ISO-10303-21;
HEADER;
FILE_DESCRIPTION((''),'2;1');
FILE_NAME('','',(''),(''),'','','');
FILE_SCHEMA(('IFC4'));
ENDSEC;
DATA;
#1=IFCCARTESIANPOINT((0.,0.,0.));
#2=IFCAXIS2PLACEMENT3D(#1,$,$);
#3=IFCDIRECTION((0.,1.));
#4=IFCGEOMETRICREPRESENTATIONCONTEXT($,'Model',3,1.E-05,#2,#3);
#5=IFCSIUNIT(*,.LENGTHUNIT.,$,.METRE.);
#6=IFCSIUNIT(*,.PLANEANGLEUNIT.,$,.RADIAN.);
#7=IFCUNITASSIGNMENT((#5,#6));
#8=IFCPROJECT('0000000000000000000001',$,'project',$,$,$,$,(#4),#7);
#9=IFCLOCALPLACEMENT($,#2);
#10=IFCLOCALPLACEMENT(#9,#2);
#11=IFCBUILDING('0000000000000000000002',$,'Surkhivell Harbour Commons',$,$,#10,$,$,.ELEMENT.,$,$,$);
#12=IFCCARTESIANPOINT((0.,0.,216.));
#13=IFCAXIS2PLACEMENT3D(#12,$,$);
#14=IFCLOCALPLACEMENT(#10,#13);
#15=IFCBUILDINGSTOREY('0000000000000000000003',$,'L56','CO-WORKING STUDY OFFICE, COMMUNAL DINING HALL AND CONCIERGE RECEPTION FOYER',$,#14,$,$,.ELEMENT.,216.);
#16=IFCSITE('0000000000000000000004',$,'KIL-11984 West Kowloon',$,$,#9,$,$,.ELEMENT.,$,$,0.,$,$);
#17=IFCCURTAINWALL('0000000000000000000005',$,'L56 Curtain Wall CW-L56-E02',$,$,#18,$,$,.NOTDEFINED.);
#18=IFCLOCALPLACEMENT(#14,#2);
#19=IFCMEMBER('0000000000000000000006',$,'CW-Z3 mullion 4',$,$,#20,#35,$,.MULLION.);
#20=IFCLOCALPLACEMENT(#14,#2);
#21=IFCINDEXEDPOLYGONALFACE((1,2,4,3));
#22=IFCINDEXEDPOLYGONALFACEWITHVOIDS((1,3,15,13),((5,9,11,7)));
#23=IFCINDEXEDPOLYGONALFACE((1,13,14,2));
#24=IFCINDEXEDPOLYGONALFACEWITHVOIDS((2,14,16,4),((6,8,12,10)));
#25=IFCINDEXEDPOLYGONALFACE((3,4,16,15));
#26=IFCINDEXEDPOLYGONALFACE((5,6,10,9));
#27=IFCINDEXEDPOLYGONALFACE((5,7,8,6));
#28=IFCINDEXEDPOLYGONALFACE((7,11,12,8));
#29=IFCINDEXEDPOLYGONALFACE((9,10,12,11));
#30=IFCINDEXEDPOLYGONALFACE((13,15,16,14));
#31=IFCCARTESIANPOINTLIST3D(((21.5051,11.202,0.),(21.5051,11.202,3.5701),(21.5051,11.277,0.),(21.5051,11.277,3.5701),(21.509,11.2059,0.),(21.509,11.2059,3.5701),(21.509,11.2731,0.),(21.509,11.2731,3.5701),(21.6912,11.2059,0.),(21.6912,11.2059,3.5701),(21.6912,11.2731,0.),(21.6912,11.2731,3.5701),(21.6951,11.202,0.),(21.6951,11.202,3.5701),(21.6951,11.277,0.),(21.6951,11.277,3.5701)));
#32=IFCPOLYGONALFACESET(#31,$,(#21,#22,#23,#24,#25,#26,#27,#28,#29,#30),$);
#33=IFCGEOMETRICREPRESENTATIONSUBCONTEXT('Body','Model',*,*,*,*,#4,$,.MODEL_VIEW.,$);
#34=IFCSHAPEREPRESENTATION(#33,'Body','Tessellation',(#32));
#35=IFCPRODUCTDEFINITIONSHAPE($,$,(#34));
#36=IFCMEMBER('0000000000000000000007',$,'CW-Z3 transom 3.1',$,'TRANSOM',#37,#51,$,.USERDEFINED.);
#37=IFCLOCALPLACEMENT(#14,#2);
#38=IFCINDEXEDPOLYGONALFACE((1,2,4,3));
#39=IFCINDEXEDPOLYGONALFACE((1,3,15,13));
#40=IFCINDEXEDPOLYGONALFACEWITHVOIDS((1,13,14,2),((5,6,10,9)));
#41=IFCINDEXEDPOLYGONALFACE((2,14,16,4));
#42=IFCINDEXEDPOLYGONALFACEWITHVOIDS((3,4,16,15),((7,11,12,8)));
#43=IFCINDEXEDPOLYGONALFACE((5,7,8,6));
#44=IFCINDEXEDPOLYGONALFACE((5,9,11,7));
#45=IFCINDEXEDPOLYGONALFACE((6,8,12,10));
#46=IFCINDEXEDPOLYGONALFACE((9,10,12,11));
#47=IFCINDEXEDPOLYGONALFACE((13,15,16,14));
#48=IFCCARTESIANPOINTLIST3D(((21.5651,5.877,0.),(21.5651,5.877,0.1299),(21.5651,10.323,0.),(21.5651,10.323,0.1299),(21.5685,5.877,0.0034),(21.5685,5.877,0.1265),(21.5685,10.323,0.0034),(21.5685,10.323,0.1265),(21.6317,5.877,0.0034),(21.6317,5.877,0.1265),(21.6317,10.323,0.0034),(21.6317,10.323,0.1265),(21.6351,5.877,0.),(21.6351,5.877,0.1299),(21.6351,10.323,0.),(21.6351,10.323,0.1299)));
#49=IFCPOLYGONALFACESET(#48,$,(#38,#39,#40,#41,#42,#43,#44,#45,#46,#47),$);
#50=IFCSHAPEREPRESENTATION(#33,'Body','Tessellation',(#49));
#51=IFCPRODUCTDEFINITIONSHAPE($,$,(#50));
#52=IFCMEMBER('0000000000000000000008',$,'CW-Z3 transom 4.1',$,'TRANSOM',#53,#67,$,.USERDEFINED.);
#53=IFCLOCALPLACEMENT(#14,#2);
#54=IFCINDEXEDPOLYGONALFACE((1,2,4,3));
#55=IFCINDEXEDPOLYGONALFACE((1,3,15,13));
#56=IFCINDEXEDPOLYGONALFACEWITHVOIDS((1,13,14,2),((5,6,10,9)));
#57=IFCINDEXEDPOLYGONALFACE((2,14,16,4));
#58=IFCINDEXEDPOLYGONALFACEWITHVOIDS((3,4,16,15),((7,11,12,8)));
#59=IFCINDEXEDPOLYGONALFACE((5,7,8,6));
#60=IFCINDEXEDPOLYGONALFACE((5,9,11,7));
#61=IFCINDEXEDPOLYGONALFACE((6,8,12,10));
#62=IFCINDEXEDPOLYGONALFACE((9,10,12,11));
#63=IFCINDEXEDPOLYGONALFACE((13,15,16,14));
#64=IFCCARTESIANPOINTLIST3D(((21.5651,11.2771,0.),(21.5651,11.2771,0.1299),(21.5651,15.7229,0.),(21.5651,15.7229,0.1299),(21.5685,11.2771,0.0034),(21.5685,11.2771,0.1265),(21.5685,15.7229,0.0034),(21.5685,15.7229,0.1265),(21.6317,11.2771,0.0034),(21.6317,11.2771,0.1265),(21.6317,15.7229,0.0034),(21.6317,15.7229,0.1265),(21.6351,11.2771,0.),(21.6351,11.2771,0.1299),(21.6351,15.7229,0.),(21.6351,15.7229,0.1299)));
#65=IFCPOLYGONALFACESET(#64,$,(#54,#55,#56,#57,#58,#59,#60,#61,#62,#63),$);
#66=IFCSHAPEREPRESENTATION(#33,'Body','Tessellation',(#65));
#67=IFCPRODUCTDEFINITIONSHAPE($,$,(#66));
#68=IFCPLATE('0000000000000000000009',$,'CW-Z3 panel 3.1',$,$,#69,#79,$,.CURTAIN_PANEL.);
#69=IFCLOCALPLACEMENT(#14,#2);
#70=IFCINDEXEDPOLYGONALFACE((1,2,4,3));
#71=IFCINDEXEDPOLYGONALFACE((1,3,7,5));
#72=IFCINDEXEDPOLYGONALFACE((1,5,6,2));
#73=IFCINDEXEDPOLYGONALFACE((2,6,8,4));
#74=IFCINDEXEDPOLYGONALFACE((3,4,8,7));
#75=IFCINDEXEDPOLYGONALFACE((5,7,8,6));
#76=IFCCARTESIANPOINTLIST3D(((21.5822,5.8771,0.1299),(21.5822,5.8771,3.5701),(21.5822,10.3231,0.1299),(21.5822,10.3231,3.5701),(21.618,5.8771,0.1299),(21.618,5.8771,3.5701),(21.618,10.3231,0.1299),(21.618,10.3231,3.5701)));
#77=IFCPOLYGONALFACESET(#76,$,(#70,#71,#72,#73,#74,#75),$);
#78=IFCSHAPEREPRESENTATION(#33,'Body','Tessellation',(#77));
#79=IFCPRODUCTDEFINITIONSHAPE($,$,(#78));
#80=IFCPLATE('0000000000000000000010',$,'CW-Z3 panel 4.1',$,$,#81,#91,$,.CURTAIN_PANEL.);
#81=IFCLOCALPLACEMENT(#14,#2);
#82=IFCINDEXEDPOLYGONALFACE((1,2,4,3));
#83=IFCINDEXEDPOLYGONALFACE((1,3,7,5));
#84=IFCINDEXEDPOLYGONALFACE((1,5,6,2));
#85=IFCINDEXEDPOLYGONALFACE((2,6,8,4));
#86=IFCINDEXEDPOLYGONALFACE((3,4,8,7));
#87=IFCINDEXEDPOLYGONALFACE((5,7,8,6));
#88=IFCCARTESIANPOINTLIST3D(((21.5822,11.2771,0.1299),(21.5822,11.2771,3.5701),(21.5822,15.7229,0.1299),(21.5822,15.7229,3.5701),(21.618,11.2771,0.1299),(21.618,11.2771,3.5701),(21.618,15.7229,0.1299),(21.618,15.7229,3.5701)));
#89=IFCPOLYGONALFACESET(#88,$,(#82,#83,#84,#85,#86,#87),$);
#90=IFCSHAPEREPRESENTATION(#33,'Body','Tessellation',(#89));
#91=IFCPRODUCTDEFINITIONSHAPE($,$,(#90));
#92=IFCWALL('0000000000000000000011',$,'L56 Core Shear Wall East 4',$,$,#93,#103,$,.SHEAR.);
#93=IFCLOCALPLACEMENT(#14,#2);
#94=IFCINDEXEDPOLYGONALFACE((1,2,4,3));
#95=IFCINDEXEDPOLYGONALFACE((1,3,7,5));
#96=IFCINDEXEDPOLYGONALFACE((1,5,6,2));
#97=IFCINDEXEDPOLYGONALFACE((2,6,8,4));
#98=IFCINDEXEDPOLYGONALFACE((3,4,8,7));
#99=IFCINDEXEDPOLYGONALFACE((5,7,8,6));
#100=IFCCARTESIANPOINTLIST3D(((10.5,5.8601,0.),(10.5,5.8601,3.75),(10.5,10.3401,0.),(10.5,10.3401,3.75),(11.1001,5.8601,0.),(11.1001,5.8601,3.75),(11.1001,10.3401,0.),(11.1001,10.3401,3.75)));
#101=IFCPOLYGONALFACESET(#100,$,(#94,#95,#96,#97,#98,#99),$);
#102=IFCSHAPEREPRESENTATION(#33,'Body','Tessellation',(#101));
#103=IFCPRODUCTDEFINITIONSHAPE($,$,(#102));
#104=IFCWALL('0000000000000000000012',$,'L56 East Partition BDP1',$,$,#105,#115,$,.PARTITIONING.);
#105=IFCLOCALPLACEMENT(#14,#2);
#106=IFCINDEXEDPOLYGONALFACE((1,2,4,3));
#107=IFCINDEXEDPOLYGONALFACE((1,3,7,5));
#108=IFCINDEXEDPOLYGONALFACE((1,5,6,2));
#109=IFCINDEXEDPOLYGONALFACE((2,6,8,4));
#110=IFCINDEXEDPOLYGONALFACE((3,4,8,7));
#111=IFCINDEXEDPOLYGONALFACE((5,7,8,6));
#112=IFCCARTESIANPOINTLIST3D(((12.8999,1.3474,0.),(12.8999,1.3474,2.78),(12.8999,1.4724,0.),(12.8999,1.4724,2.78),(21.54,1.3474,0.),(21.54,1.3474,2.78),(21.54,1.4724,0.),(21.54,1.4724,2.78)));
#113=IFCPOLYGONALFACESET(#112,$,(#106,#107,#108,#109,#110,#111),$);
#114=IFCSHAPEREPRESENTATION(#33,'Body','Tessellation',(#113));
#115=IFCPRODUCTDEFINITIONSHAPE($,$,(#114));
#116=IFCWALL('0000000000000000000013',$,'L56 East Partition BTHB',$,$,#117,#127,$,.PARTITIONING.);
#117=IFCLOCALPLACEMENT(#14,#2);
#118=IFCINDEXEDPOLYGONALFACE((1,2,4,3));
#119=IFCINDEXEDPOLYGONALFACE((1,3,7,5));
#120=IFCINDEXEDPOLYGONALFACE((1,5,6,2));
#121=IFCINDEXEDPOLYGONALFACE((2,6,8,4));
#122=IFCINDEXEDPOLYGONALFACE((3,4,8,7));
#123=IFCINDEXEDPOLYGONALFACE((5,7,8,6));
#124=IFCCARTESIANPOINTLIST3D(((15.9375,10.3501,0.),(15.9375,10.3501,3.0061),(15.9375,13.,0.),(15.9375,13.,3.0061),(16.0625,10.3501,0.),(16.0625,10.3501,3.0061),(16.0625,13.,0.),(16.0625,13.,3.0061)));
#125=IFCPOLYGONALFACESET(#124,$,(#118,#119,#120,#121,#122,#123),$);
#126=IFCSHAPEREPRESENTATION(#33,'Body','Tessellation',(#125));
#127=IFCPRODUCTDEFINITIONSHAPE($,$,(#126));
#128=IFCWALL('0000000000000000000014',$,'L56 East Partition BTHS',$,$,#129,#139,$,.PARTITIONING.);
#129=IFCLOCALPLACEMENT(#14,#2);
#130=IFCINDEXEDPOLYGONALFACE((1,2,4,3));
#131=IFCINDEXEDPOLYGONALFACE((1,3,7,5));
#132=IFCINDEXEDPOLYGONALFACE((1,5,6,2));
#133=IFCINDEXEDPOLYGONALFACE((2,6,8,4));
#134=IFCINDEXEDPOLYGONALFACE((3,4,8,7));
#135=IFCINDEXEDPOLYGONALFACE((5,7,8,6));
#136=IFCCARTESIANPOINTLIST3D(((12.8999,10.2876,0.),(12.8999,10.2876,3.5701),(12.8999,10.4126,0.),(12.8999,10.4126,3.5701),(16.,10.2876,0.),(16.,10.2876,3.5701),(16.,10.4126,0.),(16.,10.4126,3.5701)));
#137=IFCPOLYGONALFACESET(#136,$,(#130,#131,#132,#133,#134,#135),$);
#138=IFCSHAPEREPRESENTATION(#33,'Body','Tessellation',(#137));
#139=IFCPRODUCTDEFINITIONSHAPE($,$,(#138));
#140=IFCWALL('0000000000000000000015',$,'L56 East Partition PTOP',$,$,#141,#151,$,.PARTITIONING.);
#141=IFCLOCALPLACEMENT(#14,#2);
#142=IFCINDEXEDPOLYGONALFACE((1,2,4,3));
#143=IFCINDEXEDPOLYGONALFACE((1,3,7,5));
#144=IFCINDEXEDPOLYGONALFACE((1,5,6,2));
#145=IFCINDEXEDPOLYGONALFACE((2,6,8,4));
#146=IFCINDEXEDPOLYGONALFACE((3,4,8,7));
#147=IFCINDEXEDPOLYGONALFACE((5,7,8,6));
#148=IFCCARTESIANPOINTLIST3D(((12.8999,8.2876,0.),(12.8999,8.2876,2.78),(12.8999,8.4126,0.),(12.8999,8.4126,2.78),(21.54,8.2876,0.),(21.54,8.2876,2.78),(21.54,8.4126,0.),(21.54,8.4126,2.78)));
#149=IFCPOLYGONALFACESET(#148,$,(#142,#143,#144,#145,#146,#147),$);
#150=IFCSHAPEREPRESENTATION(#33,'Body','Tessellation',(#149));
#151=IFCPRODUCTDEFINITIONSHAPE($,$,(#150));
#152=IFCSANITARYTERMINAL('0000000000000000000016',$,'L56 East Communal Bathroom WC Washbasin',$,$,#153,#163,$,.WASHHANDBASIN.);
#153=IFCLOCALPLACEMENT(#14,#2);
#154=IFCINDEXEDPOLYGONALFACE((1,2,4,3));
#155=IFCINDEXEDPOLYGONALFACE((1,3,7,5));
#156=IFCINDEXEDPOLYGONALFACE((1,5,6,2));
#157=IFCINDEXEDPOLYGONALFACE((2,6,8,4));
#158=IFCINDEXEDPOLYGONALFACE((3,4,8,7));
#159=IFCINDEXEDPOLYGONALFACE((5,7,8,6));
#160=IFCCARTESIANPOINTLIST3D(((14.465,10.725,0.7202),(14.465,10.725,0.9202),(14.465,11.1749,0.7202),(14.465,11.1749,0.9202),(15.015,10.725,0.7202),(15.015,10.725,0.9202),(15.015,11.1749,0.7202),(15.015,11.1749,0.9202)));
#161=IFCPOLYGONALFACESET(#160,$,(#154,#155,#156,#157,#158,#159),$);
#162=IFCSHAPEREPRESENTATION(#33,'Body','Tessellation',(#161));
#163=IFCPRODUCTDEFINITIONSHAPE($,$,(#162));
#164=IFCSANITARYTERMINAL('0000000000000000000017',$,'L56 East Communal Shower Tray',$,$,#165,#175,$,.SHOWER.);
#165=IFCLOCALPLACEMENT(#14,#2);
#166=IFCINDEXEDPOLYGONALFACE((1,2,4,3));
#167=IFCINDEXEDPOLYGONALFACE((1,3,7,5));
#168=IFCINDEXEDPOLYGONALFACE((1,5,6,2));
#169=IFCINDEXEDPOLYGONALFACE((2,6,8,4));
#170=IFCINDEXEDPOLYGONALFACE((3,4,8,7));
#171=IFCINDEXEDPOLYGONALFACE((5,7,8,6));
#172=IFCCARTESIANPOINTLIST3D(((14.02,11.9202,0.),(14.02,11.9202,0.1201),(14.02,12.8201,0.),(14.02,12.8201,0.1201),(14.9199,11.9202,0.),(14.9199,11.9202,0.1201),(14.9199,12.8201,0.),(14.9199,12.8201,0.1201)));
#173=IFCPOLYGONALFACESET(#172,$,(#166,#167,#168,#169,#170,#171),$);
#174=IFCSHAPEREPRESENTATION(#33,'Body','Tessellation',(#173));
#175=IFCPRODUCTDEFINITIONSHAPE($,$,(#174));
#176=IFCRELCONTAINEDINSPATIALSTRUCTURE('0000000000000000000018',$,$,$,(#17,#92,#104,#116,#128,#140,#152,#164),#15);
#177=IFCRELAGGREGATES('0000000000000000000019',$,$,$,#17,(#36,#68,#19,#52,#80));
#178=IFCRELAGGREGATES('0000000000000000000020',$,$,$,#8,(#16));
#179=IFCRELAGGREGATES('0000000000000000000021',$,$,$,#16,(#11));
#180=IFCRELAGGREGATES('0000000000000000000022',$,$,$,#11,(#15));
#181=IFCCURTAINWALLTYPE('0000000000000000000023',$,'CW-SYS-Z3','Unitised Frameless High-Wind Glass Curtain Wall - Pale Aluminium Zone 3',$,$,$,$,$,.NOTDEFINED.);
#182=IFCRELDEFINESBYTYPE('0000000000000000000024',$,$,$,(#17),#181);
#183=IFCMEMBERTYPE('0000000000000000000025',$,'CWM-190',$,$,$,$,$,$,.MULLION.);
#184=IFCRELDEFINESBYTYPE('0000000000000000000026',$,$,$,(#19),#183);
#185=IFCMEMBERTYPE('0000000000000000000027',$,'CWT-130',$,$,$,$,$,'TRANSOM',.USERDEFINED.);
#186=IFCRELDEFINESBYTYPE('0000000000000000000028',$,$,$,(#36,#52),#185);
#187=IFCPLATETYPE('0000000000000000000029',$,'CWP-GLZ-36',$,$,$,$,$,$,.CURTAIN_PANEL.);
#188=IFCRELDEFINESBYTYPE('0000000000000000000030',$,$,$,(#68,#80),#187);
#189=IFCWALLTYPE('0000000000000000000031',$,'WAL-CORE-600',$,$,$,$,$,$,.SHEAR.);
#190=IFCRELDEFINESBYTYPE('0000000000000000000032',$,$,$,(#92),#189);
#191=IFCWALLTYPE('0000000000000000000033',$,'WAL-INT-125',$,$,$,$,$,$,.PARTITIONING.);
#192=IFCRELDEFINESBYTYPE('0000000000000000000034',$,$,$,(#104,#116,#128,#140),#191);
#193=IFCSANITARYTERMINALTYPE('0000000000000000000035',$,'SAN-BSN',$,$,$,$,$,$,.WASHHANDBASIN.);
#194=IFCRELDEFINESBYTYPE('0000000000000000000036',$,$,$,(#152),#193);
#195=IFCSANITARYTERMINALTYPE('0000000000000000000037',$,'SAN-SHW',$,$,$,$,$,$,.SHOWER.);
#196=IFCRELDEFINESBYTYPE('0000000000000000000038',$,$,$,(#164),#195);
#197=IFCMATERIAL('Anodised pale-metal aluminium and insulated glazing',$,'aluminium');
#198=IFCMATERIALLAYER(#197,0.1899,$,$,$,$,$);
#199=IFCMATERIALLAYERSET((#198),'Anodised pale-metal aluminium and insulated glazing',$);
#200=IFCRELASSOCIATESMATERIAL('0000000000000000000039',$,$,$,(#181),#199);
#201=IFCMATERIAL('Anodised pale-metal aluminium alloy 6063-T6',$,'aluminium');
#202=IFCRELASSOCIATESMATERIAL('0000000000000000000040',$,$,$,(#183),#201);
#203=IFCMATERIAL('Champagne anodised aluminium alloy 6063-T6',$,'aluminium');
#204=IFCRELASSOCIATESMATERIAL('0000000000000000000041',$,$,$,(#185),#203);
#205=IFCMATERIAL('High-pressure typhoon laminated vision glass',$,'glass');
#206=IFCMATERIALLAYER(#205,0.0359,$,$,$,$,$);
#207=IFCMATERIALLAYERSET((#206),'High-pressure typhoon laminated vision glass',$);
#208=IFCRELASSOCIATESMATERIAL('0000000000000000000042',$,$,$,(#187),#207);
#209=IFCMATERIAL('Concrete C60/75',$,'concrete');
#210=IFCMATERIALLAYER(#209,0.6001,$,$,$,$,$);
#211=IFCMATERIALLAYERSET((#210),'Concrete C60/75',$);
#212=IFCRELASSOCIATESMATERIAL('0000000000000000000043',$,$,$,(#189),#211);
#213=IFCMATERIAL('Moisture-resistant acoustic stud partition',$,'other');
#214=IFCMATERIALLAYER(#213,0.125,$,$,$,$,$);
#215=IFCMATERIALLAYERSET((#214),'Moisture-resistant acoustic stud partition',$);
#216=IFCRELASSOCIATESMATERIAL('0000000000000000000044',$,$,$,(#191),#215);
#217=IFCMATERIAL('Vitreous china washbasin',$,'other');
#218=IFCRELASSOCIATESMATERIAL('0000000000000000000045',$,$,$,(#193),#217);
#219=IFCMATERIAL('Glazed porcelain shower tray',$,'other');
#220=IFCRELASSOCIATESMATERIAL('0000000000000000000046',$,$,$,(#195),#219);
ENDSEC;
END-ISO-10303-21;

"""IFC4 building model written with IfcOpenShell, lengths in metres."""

from ifc_helpers import new_model, si_unit, direction, frame, frame_2d, origin, origin_2d, place, context, subcontext, project, spatial, rectangle, hollow_rectangle, extrude, material, layer, layer_set, material_profile, profile_set, type_object, element, aggregate, save


model = new_model("IFC4")

# Units and contexts
model_context = context("Model", 3, precision=1e-05, world=origin(), true_north=direction((0.0, 1.0)))
body_context = subcontext(model_context, "Body", "Model", "MODEL_VIEW")
ifc_project = project(units=[si_unit("LENGTHUNIT", "METRE"), si_unit("PLANEANGLEUNIT", "RADIAN")], contexts=[model_context])

# Site, building, storey
site_placement = place(None, origin())
site = spatial("IfcSite", under=ifc_project, at=site_placement, Name="KIL-11984 West Kowloon", CompositionType="ELEMENT", RefElevation=0.0)
building_placement = place(site_placement, origin())
building = spatial("IfcBuilding", under=site, at=building_placement, Name="Surkhivell Harbour Commons", CompositionType="ELEMENT")
storey_placement = place(building_placement, frame((0.0, 0.0, 216.0)))
storey = spatial("IfcBuildingStorey", under=building, at=storey_placement, Name="L56", Description="CO-WORKING STUDY OFFICE, COMMUNAL DINING HALL AND CONCIERGE RECEPTION FOYER", CompositionType="ELEMENT", Elevation=216.0)

# Shared definitions
ifc_material_1 = material(Name="Concrete C60/75", Category="concrete")

# Curtain wall, members, plates
ifc_material_2 = material(Name="Anodised pale-metal aluminium and insulated glazing", Category="aluminium")
ifc_layer_1 = layer(ifc_material_2, 0.1899)
ifc_layer_set_1 = layer_set([ifc_layer_1], Name="Anodised pale-metal aluminium and insulated glazing")
curtain_wall_type = type_object("IfcCurtainWallType", Name="CW-SYS-Z3", Description="Unitised Frameless High-Wind Glass Curtain Wall - Pale Aluminium Zone 3", PredefinedType="NOTDEFINED", material=ifc_layer_set_1)
curtain_wall_placement = place(storey_placement, origin())
curtain_wall = element("IfcCurtainWall", 1, at=curtain_wall_placement, inside=storey, type_object=curtain_wall_type, Name="L56 Curtain Wall CW-L56-E02", PredefinedType="NOTDEFINED")
ifc_material_3 = material(Name="Anodised pale-metal aluminium alloy 6063-T6", Category="aluminium")
ifc_material_profile_1 = material_profile(ifc_material_3, hollow_rectangle(XDim=0.075, YDim=0.1899, WallThickness=0.0039, at=origin_2d()), Name="ALU-MULL-75x190")
ifc_profile_set_1 = profile_set([ifc_material_profile_1], Name="Anodised pale-metal aluminium alloy 6063-T6")
member_type_1 = type_object("IfcMemberType", Name="CWM-190", PredefinedType="MULLION", material=ifc_profile_set_1)
member_1_placement = place(storey_placement, frame((21.6001, 11.2395, 0.0), z_axis=(0.0, 0.0, 1.0), x_axis=(0.0, 1.0, 0.0)))
member_1 = element("IfcMember", 2, at=member_1_placement, type_object=member_type_1, Name="CW-Z3 mullion 4", PredefinedType="MULLION", context=body_context, shape_type="SweptSolid", body=[
    extrude(hollow_rectangle(XDim=0.075, YDim=0.1899, WallThickness=0.0039, at=origin_2d()), origin(), (0.0, 0.0, 1.0), 3.5701),
])
ifc_material_4 = material(Name="Champagne anodised aluminium alloy 6063-T6", Category="aluminium")
ifc_material_profile_2 = material_profile(ifc_material_4, hollow_rectangle(XDim=0.0701, YDim=0.1299, WallThickness=0.0034, at=origin_2d()), Name="ALU-TRAN-70x130")
ifc_profile_set_2 = profile_set([ifc_material_profile_2], Name="Champagne anodised aluminium alloy 6063-T6")
member_type_2 = type_object("IfcMemberType", Name="CWT-130", ElementType="TRANSOM", PredefinedType="USERDEFINED", material=ifc_profile_set_2)
member_2_placement = place(storey_placement, frame((21.6001, 5.877, 0.0649), z_axis=(0.0, 1.0, 0.0), x_axis=(-1.0, 0.0, 0.0)))
member_2 = element("IfcMember", 3, at=member_2_placement, type_object=member_type_2, Name="CW-Z3 transom 3.1", ObjectType="TRANSOM", PredefinedType="USERDEFINED", context=body_context, shape_type="SweptSolid", body=[
    extrude(hollow_rectangle(XDim=0.0701, YDim=0.1299, WallThickness=0.0034, at=origin_2d()), origin(), (0.0, 0.0, 1.0), 4.446),
])
member_3_placement = place(storey_placement, frame((21.6001, 11.2771, 0.0649), z_axis=(0.0, 1.0, 0.0), x_axis=(-1.0, 0.0, 0.0)))
member_3 = element("IfcMember", 4, at=member_3_placement, type_object=member_type_2, Name="CW-Z3 transom 4.1", ObjectType="TRANSOM", PredefinedType="USERDEFINED", context=body_context, shape_type="SweptSolid", body=[
    extrude(hollow_rectangle(XDim=0.0701, YDim=0.1299, WallThickness=0.0034, at=origin_2d()), origin(), (0.0, 0.0, 1.0), 4.4458),
])
ifc_material_5 = material(Name="High-pressure typhoon laminated vision glass", Category="glass")
ifc_layer_2 = layer(ifc_material_5, 0.0359)
ifc_layer_set_2 = layer_set([ifc_layer_2], Name="High-pressure typhoon laminated vision glass")
plate_type = type_object("IfcPlateType", Name="CWP-GLZ-36", PredefinedType="CURTAIN_PANEL", material=ifc_layer_set_2)
plate_1_placement = place(storey_placement, frame((21.6001, 5.877, 0.1299), z_axis=(0.0, 0.0, 1.0), x_axis=(0.0, 1.0, 0.0)))
plate_1 = element("IfcPlate", 5, at=plate_1_placement, type_object=plate_type, Name="CW-Z3 panel 3.1", PredefinedType="CURTAIN_PANEL", context=body_context, shape_type="SweptSolid", body=[
    extrude(rectangle(XDim=4.446, YDim=0.0359, at=frame_2d((2.2231, 0.0))), origin(), (0.0, 0.0, 1.0), 3.4402),
])
plate_2_placement = place(storey_placement, frame((21.6001, 11.2771, 0.1299), z_axis=(0.0, 0.0, 1.0), x_axis=(0.0, 1.0, 0.0)))
plate_2 = element("IfcPlate", 6, at=plate_2_placement, type_object=plate_type, Name="CW-Z3 panel 4.1", PredefinedType="CURTAIN_PANEL", context=body_context, shape_type="SweptSolid", body=[
    extrude(rectangle(XDim=4.4458, YDim=0.0359, at=frame_2d((2.2229, 0.0))), origin(), (0.0, 0.0, 1.0), 3.4402),
])
aggregate(curtain_wall, [member_2, plate_1, member_1, member_3, plate_2])

# Walls
ifc_layer_3 = layer(ifc_material_1, 0.6001)
ifc_layer_set_3 = layer_set([ifc_layer_3], Name="Concrete C60/75")
wall_type_1 = type_object("IfcWallType", Name="WAL-CORE-600", PredefinedType="SHEAR", material=ifc_layer_set_3)
wall_1_placement = place(storey_placement, frame((10.8, 5.8601, 0.0), z_axis=(0.0, 0.0, 1.0), x_axis=(0.0, 1.0, 0.0)))
element("IfcWall", 7, at=wall_1_placement, inside=storey, type_object=wall_type_1, Name="L56 Core Shear Wall East 4", PredefinedType="SHEAR", context=body_context, shape_type="SweptSolid", body=[
    extrude(rectangle(XDim=4.48, YDim=0.6001, at=frame_2d((2.24, 0.0))), origin(), (0.0, 0.0, 1.0), 3.75),
])
ifc_material_6 = material(Name="Moisture-resistant acoustic stud partition", Category="other")
ifc_layer_4 = layer(ifc_material_6, 0.125)
ifc_layer_set_4 = layer_set([ifc_layer_4], Name="Moisture-resistant acoustic stud partition")
wall_type_2 = type_object("IfcWallType", Name="WAL-INT-125", PredefinedType="PARTITIONING", material=ifc_layer_set_4)
wall_2_placement = place(storey_placement, frame((12.8999, 1.4099, 0.0), z_axis=(0.0, 0.0, 1.0), x_axis=(1.0, 0.0, 0.0)))
element("IfcWall", 8, at=wall_2_placement, inside=storey, type_object=wall_type_2, Name="L56 East Partition BDP1", PredefinedType="PARTITIONING", context=body_context, shape_type="SweptSolid", body=[
    extrude(rectangle(XDim=8.6401, YDim=0.125, at=frame_2d((4.3201, 0.0))), origin(), (0.0, 0.0, 1.0), 2.78),
])
wall_3_placement = place(storey_placement, frame((16.0, 10.3501, 0.0), z_axis=(0.0, 0.0, 1.0), x_axis=(0.0, 1.0, 0.0)))
element("IfcWall", 9, at=wall_3_placement, inside=storey, type_object=wall_type_2, Name="L56 East Partition BTHB", PredefinedType="PARTITIONING", context=body_context, shape_type="SweptSolid", body=[
    extrude(rectangle(XDim=2.6499, YDim=0.125, at=frame_2d((1.325, 0.0))), origin(), (0.0, 0.0, 1.0), 3.0061),
])
wall_4_placement = place(storey_placement, frame((12.8999, 10.3501, 0.0), z_axis=(0.0, 0.0, 1.0), x_axis=(1.0, 0.0, 0.0)))
element("IfcWall", 10, at=wall_4_placement, inside=storey, type_object=wall_type_2, Name="L56 East Partition BTHS", PredefinedType="PARTITIONING", context=body_context, shape_type="SweptSolid", body=[
    extrude(rectangle(XDim=3.1001, YDim=0.125, at=frame_2d((1.55, 0.0))), origin(), (0.0, 0.0, 1.0), 3.5701),
])
wall_5_placement = place(storey_placement, frame((12.8999, 8.3501, 0.0), z_axis=(0.0, 0.0, 1.0), x_axis=(1.0, 0.0, 0.0)))
element("IfcWall", 11, at=wall_5_placement, inside=storey, type_object=wall_type_2, Name="L56 East Partition PTOP", PredefinedType="PARTITIONING", context=body_context, shape_type="SweptSolid", body=[
    extrude(rectangle(XDim=8.6401, YDim=0.125, at=frame_2d((4.3201, 0.0))), origin(), (0.0, 0.0, 1.0), 2.78),
])

# Sanitary terminals
ifc_material_7 = material(Name="Vitreous china washbasin", Category="other")
sanitary_terminal_type_1 = type_object("IfcSanitaryTerminalType", Name="SAN-BSN", PredefinedType="WASHHANDBASIN", material=ifc_material_7)
sanitary_terminal_1_placement = place(storey_placement, frame((14.74, 10.95, 0.7202), z_axis=(0.0, 0.0, 1.0), x_axis=(1.0, 0.0, 0.0)))
element("IfcSanitaryTerminal", 12, at=sanitary_terminal_1_placement, inside=storey, type_object=sanitary_terminal_type_1, Name="L56 East Communal Bathroom WC Washbasin", PredefinedType="WASHHANDBASIN", context=body_context, shape_type="SweptSolid", body=[
    extrude(rectangle(XDim=0.55, YDim=0.45, at=origin_2d()), origin(), (0.0, 0.0, 1.0), 0.2),
])
ifc_material_8 = material(Name="Glazed porcelain shower tray", Category="other")
sanitary_terminal_type_2 = type_object("IfcSanitaryTerminalType", Name="SAN-SHW", PredefinedType="SHOWER", material=ifc_material_8)
sanitary_terminal_2_placement = place(storey_placement, frame((14.47, 12.3701, 0.0), z_axis=(0.0, 0.0, 1.0), x_axis=(1.0, 0.0, 0.0)))
element("IfcSanitaryTerminal", 13, at=sanitary_terminal_2_placement, inside=storey, type_object=sanitary_terminal_type_2, Name="L56 East Communal Shower Tray", PredefinedType="SHOWER", context=body_context, shape_type="SweptSolid", body=[
    extrude(rectangle(XDim=0.8999, YDim=0.8999, at=origin_2d()), origin(), (0.0, 0.0, 1.0), 0.1201),
])

save(model, "model.ifc")
